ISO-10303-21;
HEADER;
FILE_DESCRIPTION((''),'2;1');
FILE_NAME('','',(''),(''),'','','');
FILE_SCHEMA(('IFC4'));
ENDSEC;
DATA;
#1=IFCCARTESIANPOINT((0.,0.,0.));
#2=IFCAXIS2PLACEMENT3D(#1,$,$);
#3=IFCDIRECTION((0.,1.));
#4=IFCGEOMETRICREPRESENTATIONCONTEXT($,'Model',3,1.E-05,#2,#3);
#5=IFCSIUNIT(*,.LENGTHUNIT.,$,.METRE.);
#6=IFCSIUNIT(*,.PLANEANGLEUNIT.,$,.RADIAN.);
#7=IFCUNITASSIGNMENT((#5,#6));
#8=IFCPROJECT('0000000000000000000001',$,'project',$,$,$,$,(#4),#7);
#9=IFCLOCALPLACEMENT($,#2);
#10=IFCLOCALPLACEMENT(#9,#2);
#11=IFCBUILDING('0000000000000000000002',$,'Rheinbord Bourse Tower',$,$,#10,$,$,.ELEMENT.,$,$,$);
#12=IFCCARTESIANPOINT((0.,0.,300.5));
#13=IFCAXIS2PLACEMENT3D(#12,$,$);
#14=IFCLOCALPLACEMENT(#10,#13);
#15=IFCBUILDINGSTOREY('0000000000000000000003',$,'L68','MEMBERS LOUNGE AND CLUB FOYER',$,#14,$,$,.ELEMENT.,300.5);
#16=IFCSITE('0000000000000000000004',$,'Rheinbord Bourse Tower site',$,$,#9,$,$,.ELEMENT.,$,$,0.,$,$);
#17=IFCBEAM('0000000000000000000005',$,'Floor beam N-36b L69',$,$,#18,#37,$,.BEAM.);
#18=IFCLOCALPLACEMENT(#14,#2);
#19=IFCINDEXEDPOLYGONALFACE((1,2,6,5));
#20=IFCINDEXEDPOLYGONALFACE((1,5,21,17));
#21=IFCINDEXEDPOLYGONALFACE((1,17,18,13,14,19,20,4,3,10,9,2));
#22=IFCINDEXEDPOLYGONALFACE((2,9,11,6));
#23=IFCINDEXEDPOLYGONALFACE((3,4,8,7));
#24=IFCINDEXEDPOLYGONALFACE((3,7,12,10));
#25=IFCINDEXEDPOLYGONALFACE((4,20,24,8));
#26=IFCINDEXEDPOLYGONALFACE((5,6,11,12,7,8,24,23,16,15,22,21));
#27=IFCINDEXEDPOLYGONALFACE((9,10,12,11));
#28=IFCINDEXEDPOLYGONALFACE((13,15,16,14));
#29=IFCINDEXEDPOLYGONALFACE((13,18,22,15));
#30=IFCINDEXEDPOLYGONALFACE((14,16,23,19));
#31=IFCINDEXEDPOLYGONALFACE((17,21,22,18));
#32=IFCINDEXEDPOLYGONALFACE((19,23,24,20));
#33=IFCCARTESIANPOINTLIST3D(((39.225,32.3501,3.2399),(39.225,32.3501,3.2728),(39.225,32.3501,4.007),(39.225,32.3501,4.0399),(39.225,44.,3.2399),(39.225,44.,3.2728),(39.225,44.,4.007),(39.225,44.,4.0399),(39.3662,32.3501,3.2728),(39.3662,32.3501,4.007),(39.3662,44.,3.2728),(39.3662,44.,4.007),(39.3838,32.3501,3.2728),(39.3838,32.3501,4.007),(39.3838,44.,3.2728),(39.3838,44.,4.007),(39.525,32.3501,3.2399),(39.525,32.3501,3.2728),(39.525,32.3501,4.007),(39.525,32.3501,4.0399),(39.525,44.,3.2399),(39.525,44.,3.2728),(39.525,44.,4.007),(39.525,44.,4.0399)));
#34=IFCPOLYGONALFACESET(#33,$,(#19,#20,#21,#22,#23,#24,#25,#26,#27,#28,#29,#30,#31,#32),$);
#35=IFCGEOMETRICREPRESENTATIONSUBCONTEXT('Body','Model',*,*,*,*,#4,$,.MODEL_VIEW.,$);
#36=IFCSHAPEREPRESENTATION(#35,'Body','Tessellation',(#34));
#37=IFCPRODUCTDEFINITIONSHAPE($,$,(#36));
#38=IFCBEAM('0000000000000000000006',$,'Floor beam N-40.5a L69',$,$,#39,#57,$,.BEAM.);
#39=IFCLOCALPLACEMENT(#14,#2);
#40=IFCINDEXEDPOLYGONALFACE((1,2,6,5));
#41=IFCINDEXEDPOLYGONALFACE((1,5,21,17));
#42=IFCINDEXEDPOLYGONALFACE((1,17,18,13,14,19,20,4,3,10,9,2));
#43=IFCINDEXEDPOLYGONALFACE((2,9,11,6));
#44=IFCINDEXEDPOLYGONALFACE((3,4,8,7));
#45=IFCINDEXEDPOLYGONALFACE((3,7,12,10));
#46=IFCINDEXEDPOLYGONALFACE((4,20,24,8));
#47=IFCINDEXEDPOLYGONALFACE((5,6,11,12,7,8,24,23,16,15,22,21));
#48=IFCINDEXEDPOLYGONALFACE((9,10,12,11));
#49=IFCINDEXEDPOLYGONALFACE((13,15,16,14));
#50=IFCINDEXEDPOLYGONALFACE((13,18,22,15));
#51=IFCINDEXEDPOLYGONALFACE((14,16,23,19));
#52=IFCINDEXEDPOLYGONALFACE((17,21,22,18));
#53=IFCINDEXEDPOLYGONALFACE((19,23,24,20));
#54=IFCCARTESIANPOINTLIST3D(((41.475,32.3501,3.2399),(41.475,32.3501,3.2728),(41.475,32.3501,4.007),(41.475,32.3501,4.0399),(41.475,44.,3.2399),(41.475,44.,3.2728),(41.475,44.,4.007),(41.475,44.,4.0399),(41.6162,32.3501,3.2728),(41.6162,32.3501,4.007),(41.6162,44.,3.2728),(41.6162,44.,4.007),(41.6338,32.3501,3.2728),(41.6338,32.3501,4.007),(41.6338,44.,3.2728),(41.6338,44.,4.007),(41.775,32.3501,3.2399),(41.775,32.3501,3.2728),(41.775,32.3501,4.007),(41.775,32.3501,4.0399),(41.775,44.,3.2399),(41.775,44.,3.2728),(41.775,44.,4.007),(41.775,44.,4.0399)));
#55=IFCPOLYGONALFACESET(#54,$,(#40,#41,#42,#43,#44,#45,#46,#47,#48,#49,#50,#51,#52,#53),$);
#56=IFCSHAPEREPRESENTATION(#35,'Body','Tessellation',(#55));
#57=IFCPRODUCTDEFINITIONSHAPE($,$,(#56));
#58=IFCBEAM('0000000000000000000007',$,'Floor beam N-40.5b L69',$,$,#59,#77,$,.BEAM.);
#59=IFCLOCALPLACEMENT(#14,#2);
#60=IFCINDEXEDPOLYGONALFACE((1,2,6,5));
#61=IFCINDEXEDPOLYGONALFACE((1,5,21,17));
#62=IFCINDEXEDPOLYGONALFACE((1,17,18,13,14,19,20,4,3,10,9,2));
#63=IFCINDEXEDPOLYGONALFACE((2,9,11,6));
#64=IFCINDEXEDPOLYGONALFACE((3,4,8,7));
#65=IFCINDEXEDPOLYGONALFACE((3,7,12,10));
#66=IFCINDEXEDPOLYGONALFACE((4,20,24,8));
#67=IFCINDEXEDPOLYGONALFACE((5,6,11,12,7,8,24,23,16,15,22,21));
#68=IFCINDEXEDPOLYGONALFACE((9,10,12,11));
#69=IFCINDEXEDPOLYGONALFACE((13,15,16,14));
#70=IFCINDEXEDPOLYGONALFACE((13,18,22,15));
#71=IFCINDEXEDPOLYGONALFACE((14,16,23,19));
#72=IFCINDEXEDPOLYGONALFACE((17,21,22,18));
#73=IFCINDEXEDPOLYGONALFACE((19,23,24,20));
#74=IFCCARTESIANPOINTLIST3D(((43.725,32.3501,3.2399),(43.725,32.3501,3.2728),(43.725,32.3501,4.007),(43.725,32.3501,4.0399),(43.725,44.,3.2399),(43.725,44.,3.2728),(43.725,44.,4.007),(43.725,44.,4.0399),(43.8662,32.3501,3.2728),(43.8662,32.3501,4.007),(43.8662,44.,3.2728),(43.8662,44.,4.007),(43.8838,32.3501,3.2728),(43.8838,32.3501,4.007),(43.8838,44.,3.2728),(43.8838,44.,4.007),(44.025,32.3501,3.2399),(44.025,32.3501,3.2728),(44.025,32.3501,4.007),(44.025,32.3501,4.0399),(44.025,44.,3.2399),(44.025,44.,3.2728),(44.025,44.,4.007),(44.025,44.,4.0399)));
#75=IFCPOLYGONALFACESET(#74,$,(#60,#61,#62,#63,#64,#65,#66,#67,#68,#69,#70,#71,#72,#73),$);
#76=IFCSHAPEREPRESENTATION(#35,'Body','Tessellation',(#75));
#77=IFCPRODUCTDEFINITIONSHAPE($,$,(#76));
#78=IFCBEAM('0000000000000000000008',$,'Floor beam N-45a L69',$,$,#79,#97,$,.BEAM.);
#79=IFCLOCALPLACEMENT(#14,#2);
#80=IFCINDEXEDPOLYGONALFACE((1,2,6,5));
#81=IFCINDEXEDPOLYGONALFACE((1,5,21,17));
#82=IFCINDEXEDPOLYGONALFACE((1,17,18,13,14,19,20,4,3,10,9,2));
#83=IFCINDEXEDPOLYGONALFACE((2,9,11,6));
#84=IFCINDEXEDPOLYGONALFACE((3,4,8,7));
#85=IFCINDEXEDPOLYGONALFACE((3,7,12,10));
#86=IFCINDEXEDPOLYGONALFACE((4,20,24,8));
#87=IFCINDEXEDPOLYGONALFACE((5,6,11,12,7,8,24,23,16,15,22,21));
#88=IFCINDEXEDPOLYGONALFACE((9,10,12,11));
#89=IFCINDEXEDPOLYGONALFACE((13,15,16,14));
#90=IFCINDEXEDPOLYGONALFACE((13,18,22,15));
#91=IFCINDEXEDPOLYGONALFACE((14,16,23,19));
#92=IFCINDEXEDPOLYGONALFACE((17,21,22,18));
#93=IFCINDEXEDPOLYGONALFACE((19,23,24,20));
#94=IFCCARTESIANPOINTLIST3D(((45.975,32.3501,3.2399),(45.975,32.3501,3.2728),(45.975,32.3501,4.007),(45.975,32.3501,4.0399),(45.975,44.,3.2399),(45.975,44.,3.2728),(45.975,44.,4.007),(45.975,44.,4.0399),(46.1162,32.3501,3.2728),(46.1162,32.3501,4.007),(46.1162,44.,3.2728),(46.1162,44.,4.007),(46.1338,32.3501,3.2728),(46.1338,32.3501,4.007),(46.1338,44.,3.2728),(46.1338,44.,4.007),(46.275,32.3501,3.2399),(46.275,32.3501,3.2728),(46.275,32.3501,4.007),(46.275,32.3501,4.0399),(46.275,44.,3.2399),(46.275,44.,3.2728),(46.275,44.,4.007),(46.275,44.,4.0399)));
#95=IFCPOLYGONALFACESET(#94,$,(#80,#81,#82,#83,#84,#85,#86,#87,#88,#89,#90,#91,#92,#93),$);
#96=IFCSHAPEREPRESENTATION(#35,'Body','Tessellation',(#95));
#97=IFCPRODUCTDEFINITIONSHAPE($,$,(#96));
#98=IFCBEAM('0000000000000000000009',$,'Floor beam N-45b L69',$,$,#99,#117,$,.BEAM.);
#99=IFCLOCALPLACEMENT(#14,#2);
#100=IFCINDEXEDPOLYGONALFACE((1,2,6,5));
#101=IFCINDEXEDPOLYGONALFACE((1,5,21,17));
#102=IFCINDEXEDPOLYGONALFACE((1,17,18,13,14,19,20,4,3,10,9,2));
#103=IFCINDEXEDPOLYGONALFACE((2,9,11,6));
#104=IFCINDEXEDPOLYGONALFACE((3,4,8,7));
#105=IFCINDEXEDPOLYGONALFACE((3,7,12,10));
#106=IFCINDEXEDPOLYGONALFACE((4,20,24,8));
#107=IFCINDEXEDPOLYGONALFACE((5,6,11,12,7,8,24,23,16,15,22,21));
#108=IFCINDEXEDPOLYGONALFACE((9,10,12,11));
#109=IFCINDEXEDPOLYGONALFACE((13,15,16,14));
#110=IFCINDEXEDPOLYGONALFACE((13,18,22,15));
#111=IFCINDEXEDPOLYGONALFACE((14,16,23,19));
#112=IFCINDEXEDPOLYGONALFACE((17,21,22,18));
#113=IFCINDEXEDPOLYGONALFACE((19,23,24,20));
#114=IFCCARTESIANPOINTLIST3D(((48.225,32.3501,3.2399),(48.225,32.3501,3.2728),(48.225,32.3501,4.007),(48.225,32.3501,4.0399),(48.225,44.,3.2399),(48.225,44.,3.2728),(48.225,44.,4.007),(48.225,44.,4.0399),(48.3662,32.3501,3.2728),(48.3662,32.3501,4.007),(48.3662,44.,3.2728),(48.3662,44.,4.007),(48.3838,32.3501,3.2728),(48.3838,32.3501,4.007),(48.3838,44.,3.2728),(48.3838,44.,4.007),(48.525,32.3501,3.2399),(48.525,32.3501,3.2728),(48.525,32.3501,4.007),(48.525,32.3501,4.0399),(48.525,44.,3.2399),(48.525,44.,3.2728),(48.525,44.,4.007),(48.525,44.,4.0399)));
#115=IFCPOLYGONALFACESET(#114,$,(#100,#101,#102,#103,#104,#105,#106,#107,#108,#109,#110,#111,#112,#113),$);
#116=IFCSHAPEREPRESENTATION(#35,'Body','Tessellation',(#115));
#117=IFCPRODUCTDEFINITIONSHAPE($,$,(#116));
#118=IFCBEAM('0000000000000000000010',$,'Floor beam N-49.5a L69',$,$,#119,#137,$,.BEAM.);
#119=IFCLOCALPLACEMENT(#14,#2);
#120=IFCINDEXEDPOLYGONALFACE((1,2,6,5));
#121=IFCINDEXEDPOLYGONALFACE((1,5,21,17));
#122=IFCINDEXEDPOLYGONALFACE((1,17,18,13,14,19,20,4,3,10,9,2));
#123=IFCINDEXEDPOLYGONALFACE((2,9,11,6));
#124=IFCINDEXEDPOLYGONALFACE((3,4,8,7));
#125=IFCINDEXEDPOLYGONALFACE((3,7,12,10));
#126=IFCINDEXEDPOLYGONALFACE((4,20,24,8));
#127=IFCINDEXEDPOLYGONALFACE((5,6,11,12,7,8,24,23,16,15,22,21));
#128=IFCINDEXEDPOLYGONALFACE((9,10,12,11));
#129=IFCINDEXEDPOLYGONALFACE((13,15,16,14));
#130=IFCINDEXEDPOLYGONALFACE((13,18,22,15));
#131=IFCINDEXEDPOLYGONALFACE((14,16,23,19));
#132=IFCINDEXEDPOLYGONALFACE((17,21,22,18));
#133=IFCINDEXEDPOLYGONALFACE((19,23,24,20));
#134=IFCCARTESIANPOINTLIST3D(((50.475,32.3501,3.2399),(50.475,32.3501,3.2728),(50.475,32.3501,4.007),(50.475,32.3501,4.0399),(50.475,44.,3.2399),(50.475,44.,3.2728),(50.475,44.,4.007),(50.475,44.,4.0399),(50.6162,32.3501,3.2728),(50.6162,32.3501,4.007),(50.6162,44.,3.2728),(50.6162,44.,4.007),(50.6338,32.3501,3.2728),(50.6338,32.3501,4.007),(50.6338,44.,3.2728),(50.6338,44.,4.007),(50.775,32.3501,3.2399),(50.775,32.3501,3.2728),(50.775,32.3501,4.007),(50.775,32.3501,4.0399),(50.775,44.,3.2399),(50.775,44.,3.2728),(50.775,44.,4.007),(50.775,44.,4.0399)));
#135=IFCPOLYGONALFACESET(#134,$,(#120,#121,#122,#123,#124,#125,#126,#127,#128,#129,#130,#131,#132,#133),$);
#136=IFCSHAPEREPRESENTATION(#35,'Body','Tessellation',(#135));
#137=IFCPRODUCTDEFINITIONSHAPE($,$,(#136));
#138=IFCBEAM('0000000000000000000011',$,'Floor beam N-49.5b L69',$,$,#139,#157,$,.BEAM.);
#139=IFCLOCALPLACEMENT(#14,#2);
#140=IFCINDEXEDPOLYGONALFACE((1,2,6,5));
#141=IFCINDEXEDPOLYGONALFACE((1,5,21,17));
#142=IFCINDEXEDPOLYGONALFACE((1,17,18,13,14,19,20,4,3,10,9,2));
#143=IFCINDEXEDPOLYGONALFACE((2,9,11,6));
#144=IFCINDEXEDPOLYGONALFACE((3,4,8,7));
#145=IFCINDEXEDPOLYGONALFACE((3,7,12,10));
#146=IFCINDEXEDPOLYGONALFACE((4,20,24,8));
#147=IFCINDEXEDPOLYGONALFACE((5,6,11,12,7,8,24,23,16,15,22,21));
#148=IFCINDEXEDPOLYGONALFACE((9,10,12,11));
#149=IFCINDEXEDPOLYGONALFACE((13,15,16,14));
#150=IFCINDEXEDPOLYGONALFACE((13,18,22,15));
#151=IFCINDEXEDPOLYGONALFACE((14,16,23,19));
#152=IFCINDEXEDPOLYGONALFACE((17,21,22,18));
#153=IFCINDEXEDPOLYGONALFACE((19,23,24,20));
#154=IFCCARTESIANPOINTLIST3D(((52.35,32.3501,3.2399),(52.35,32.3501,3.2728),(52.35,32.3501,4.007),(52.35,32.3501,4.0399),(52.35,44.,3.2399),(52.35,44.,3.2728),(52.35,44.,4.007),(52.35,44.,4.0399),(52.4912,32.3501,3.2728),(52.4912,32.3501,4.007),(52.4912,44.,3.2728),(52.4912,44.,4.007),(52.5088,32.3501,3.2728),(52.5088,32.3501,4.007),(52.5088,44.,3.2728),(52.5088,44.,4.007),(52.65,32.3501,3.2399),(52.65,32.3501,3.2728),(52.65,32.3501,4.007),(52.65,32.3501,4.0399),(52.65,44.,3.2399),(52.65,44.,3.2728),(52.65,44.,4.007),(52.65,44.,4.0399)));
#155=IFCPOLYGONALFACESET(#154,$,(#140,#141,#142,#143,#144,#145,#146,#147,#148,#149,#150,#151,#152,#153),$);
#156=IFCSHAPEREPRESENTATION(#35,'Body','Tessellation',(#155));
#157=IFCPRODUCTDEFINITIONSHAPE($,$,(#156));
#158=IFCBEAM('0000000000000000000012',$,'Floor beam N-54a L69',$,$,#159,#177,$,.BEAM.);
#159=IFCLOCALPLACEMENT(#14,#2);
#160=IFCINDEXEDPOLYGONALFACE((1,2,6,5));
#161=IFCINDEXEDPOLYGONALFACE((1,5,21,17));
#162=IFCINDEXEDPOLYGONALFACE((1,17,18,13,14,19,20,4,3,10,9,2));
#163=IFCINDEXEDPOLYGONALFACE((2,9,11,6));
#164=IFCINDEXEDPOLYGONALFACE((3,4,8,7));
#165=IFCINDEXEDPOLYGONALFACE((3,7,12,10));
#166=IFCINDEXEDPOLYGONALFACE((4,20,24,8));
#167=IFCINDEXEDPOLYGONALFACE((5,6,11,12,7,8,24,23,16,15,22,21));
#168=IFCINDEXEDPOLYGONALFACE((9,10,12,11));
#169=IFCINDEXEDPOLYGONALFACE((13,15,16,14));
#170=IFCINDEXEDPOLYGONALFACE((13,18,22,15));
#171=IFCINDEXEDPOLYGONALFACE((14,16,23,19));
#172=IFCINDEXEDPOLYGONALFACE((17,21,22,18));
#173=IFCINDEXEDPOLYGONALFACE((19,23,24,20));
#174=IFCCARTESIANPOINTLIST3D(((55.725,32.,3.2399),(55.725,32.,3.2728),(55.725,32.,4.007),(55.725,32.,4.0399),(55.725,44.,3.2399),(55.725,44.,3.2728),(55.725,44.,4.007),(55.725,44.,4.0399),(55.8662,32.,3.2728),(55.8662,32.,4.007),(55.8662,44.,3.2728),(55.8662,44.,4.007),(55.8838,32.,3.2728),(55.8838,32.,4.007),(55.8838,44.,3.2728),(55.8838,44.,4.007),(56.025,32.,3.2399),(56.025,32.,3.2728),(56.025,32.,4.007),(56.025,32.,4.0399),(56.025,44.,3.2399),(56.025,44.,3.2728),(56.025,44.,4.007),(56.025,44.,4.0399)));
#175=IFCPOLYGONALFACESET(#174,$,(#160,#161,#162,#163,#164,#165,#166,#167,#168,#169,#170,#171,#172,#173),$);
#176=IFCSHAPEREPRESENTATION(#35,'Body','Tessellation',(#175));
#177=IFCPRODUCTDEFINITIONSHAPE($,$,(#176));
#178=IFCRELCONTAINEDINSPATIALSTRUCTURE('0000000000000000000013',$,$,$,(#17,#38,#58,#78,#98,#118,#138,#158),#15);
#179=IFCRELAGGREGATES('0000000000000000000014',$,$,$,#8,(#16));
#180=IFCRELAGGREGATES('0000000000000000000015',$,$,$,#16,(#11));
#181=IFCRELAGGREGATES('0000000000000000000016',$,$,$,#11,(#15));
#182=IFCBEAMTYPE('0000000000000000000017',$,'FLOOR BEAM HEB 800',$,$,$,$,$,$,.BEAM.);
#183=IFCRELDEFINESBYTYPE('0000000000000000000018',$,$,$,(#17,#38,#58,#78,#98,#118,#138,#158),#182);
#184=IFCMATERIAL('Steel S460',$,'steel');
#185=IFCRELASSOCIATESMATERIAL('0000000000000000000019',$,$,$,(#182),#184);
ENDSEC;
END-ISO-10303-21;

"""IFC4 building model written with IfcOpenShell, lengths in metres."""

from ifc_helpers import new_model, si_unit, direction, frame, origin, origin_2d, place, context, subcontext, project, spatial, i_section, extrude, material, material_profile, profile_set, type_object, element, save


model = new_model("IFC4")

# Units and contexts
model_context = context("Model", 3, precision=1e-05, world=origin(), true_north=direction((0.0, 1.0)))
body_context = subcontext(model_context, "Body", "Model", "MODEL_VIEW")
ifc_project = project(units=[si_unit("LENGTHUNIT", "METRE"), si_unit("PLANEANGLEUNIT", "RADIAN")], contexts=[model_context])

# Site, building, storey
site_placement = place(None, origin())
site = spatial("IfcSite", under=ifc_project, at=site_placement, Name="Rheinbord Bourse Tower site", CompositionType="ELEMENT", RefElevation=0.0)
building_placement = place(site_placement, origin())
building = spatial("IfcBuilding", under=site, at=building_placement, Name="Rheinbord Bourse Tower", CompositionType="ELEMENT")
storey_placement = place(building_placement, frame((0.0, 0.0, 300.5)))
storey = spatial("IfcBuildingStorey", under=building, at=storey_placement, Name="L68", Description="MEMBERS LOUNGE AND CLUB FOYER", CompositionType="ELEMENT", Elevation=300.5)

# Beams
ifc_material_1 = material(Name="Steel S460", Category="steel")
ifc_material_profile_1 = material_profile(ifc_material_1, i_section(OverallWidth=0.3, OverallDepth=0.8, WebThickness=0.0176, FlangeThickness=0.033, at=origin_2d()), Name="HEB 800")
ifc_profile_set_1 = profile_set([ifc_material_profile_1], Name="Steel S460")
beam_type_1 = type_object("IfcBeamType", Name="FLOOR BEAM HEB 800", PredefinedType="BEAM", material=ifc_profile_set_1)
for number, where, z_axis, x_axis, name in (
    (1, (39.375, 44.0, 3.6399), (0.0, -1.0, 0.0), (1.0, 0.0, 0.0), "Floor beam N-36b L69"),
    (2, (41.625, 44.0, 3.6399), (0.0, -1.0, 0.0), (1.0, 0.0, 0.0), "Floor beam N-40.5a L69"),
    (3, (43.875, 44.0, 3.6399), (0.0, -1.0, 0.0), (1.0, 0.0, 0.0), "Floor beam N-40.5b L69"),
    (4, (46.125, 44.0, 3.6399), (0.0, -1.0, 0.0), (1.0, 0.0, 0.0), "Floor beam N-45a L69"),
    (5, (48.375, 44.0, 3.6399), (0.0, -1.0, 0.0), (1.0, 0.0, 0.0), "Floor beam N-45b L69"),
    (6, (50.625, 44.0, 3.6399), (0.0, -1.0, 0.0), (1.0, 0.0, 0.0), "Floor beam N-49.5a L69"),
    (7, (52.5, 44.0, 3.6399), (0.0, -1.0, 0.0), (1.0, 0.0, 0.0), "Floor beam N-49.5b L69"),
):
    element("IfcBeam", number, at=place(storey_placement, frame(where, z_axis=z_axis, x_axis=x_axis)), inside=storey, type_object=beam_type_1, Name=name, PredefinedType="BEAM", context=body_context, shape_type="SweptSolid", body=[
        extrude(i_section(OverallWidth=0.3, OverallDepth=0.8, WebThickness=0.0176, FlangeThickness=0.033, at=origin_2d()), origin(), (0.0, 0.0, 1.0), 11.6499),
    ])
beam_placement = place(storey_placement, frame((55.875, 44.0, 3.6399), z_axis=(0.0, -1.0, 0.0), x_axis=(1.0, 0.0, 0.0)))
element("IfcBeam", 8, at=beam_placement, inside=storey, type_object=beam_type_1, Name="Floor beam N-54a L69", PredefinedType="BEAM", context=body_context, shape_type="SweptSolid", body=[
    extrude(i_section(OverallWidth=0.3, OverallDepth=0.8, WebThickness=0.0176, FlangeThickness=0.033, at=origin_2d()), origin(), (0.0, 0.0, 1.0), 12.0),
])

save(model, "model.ifc")
